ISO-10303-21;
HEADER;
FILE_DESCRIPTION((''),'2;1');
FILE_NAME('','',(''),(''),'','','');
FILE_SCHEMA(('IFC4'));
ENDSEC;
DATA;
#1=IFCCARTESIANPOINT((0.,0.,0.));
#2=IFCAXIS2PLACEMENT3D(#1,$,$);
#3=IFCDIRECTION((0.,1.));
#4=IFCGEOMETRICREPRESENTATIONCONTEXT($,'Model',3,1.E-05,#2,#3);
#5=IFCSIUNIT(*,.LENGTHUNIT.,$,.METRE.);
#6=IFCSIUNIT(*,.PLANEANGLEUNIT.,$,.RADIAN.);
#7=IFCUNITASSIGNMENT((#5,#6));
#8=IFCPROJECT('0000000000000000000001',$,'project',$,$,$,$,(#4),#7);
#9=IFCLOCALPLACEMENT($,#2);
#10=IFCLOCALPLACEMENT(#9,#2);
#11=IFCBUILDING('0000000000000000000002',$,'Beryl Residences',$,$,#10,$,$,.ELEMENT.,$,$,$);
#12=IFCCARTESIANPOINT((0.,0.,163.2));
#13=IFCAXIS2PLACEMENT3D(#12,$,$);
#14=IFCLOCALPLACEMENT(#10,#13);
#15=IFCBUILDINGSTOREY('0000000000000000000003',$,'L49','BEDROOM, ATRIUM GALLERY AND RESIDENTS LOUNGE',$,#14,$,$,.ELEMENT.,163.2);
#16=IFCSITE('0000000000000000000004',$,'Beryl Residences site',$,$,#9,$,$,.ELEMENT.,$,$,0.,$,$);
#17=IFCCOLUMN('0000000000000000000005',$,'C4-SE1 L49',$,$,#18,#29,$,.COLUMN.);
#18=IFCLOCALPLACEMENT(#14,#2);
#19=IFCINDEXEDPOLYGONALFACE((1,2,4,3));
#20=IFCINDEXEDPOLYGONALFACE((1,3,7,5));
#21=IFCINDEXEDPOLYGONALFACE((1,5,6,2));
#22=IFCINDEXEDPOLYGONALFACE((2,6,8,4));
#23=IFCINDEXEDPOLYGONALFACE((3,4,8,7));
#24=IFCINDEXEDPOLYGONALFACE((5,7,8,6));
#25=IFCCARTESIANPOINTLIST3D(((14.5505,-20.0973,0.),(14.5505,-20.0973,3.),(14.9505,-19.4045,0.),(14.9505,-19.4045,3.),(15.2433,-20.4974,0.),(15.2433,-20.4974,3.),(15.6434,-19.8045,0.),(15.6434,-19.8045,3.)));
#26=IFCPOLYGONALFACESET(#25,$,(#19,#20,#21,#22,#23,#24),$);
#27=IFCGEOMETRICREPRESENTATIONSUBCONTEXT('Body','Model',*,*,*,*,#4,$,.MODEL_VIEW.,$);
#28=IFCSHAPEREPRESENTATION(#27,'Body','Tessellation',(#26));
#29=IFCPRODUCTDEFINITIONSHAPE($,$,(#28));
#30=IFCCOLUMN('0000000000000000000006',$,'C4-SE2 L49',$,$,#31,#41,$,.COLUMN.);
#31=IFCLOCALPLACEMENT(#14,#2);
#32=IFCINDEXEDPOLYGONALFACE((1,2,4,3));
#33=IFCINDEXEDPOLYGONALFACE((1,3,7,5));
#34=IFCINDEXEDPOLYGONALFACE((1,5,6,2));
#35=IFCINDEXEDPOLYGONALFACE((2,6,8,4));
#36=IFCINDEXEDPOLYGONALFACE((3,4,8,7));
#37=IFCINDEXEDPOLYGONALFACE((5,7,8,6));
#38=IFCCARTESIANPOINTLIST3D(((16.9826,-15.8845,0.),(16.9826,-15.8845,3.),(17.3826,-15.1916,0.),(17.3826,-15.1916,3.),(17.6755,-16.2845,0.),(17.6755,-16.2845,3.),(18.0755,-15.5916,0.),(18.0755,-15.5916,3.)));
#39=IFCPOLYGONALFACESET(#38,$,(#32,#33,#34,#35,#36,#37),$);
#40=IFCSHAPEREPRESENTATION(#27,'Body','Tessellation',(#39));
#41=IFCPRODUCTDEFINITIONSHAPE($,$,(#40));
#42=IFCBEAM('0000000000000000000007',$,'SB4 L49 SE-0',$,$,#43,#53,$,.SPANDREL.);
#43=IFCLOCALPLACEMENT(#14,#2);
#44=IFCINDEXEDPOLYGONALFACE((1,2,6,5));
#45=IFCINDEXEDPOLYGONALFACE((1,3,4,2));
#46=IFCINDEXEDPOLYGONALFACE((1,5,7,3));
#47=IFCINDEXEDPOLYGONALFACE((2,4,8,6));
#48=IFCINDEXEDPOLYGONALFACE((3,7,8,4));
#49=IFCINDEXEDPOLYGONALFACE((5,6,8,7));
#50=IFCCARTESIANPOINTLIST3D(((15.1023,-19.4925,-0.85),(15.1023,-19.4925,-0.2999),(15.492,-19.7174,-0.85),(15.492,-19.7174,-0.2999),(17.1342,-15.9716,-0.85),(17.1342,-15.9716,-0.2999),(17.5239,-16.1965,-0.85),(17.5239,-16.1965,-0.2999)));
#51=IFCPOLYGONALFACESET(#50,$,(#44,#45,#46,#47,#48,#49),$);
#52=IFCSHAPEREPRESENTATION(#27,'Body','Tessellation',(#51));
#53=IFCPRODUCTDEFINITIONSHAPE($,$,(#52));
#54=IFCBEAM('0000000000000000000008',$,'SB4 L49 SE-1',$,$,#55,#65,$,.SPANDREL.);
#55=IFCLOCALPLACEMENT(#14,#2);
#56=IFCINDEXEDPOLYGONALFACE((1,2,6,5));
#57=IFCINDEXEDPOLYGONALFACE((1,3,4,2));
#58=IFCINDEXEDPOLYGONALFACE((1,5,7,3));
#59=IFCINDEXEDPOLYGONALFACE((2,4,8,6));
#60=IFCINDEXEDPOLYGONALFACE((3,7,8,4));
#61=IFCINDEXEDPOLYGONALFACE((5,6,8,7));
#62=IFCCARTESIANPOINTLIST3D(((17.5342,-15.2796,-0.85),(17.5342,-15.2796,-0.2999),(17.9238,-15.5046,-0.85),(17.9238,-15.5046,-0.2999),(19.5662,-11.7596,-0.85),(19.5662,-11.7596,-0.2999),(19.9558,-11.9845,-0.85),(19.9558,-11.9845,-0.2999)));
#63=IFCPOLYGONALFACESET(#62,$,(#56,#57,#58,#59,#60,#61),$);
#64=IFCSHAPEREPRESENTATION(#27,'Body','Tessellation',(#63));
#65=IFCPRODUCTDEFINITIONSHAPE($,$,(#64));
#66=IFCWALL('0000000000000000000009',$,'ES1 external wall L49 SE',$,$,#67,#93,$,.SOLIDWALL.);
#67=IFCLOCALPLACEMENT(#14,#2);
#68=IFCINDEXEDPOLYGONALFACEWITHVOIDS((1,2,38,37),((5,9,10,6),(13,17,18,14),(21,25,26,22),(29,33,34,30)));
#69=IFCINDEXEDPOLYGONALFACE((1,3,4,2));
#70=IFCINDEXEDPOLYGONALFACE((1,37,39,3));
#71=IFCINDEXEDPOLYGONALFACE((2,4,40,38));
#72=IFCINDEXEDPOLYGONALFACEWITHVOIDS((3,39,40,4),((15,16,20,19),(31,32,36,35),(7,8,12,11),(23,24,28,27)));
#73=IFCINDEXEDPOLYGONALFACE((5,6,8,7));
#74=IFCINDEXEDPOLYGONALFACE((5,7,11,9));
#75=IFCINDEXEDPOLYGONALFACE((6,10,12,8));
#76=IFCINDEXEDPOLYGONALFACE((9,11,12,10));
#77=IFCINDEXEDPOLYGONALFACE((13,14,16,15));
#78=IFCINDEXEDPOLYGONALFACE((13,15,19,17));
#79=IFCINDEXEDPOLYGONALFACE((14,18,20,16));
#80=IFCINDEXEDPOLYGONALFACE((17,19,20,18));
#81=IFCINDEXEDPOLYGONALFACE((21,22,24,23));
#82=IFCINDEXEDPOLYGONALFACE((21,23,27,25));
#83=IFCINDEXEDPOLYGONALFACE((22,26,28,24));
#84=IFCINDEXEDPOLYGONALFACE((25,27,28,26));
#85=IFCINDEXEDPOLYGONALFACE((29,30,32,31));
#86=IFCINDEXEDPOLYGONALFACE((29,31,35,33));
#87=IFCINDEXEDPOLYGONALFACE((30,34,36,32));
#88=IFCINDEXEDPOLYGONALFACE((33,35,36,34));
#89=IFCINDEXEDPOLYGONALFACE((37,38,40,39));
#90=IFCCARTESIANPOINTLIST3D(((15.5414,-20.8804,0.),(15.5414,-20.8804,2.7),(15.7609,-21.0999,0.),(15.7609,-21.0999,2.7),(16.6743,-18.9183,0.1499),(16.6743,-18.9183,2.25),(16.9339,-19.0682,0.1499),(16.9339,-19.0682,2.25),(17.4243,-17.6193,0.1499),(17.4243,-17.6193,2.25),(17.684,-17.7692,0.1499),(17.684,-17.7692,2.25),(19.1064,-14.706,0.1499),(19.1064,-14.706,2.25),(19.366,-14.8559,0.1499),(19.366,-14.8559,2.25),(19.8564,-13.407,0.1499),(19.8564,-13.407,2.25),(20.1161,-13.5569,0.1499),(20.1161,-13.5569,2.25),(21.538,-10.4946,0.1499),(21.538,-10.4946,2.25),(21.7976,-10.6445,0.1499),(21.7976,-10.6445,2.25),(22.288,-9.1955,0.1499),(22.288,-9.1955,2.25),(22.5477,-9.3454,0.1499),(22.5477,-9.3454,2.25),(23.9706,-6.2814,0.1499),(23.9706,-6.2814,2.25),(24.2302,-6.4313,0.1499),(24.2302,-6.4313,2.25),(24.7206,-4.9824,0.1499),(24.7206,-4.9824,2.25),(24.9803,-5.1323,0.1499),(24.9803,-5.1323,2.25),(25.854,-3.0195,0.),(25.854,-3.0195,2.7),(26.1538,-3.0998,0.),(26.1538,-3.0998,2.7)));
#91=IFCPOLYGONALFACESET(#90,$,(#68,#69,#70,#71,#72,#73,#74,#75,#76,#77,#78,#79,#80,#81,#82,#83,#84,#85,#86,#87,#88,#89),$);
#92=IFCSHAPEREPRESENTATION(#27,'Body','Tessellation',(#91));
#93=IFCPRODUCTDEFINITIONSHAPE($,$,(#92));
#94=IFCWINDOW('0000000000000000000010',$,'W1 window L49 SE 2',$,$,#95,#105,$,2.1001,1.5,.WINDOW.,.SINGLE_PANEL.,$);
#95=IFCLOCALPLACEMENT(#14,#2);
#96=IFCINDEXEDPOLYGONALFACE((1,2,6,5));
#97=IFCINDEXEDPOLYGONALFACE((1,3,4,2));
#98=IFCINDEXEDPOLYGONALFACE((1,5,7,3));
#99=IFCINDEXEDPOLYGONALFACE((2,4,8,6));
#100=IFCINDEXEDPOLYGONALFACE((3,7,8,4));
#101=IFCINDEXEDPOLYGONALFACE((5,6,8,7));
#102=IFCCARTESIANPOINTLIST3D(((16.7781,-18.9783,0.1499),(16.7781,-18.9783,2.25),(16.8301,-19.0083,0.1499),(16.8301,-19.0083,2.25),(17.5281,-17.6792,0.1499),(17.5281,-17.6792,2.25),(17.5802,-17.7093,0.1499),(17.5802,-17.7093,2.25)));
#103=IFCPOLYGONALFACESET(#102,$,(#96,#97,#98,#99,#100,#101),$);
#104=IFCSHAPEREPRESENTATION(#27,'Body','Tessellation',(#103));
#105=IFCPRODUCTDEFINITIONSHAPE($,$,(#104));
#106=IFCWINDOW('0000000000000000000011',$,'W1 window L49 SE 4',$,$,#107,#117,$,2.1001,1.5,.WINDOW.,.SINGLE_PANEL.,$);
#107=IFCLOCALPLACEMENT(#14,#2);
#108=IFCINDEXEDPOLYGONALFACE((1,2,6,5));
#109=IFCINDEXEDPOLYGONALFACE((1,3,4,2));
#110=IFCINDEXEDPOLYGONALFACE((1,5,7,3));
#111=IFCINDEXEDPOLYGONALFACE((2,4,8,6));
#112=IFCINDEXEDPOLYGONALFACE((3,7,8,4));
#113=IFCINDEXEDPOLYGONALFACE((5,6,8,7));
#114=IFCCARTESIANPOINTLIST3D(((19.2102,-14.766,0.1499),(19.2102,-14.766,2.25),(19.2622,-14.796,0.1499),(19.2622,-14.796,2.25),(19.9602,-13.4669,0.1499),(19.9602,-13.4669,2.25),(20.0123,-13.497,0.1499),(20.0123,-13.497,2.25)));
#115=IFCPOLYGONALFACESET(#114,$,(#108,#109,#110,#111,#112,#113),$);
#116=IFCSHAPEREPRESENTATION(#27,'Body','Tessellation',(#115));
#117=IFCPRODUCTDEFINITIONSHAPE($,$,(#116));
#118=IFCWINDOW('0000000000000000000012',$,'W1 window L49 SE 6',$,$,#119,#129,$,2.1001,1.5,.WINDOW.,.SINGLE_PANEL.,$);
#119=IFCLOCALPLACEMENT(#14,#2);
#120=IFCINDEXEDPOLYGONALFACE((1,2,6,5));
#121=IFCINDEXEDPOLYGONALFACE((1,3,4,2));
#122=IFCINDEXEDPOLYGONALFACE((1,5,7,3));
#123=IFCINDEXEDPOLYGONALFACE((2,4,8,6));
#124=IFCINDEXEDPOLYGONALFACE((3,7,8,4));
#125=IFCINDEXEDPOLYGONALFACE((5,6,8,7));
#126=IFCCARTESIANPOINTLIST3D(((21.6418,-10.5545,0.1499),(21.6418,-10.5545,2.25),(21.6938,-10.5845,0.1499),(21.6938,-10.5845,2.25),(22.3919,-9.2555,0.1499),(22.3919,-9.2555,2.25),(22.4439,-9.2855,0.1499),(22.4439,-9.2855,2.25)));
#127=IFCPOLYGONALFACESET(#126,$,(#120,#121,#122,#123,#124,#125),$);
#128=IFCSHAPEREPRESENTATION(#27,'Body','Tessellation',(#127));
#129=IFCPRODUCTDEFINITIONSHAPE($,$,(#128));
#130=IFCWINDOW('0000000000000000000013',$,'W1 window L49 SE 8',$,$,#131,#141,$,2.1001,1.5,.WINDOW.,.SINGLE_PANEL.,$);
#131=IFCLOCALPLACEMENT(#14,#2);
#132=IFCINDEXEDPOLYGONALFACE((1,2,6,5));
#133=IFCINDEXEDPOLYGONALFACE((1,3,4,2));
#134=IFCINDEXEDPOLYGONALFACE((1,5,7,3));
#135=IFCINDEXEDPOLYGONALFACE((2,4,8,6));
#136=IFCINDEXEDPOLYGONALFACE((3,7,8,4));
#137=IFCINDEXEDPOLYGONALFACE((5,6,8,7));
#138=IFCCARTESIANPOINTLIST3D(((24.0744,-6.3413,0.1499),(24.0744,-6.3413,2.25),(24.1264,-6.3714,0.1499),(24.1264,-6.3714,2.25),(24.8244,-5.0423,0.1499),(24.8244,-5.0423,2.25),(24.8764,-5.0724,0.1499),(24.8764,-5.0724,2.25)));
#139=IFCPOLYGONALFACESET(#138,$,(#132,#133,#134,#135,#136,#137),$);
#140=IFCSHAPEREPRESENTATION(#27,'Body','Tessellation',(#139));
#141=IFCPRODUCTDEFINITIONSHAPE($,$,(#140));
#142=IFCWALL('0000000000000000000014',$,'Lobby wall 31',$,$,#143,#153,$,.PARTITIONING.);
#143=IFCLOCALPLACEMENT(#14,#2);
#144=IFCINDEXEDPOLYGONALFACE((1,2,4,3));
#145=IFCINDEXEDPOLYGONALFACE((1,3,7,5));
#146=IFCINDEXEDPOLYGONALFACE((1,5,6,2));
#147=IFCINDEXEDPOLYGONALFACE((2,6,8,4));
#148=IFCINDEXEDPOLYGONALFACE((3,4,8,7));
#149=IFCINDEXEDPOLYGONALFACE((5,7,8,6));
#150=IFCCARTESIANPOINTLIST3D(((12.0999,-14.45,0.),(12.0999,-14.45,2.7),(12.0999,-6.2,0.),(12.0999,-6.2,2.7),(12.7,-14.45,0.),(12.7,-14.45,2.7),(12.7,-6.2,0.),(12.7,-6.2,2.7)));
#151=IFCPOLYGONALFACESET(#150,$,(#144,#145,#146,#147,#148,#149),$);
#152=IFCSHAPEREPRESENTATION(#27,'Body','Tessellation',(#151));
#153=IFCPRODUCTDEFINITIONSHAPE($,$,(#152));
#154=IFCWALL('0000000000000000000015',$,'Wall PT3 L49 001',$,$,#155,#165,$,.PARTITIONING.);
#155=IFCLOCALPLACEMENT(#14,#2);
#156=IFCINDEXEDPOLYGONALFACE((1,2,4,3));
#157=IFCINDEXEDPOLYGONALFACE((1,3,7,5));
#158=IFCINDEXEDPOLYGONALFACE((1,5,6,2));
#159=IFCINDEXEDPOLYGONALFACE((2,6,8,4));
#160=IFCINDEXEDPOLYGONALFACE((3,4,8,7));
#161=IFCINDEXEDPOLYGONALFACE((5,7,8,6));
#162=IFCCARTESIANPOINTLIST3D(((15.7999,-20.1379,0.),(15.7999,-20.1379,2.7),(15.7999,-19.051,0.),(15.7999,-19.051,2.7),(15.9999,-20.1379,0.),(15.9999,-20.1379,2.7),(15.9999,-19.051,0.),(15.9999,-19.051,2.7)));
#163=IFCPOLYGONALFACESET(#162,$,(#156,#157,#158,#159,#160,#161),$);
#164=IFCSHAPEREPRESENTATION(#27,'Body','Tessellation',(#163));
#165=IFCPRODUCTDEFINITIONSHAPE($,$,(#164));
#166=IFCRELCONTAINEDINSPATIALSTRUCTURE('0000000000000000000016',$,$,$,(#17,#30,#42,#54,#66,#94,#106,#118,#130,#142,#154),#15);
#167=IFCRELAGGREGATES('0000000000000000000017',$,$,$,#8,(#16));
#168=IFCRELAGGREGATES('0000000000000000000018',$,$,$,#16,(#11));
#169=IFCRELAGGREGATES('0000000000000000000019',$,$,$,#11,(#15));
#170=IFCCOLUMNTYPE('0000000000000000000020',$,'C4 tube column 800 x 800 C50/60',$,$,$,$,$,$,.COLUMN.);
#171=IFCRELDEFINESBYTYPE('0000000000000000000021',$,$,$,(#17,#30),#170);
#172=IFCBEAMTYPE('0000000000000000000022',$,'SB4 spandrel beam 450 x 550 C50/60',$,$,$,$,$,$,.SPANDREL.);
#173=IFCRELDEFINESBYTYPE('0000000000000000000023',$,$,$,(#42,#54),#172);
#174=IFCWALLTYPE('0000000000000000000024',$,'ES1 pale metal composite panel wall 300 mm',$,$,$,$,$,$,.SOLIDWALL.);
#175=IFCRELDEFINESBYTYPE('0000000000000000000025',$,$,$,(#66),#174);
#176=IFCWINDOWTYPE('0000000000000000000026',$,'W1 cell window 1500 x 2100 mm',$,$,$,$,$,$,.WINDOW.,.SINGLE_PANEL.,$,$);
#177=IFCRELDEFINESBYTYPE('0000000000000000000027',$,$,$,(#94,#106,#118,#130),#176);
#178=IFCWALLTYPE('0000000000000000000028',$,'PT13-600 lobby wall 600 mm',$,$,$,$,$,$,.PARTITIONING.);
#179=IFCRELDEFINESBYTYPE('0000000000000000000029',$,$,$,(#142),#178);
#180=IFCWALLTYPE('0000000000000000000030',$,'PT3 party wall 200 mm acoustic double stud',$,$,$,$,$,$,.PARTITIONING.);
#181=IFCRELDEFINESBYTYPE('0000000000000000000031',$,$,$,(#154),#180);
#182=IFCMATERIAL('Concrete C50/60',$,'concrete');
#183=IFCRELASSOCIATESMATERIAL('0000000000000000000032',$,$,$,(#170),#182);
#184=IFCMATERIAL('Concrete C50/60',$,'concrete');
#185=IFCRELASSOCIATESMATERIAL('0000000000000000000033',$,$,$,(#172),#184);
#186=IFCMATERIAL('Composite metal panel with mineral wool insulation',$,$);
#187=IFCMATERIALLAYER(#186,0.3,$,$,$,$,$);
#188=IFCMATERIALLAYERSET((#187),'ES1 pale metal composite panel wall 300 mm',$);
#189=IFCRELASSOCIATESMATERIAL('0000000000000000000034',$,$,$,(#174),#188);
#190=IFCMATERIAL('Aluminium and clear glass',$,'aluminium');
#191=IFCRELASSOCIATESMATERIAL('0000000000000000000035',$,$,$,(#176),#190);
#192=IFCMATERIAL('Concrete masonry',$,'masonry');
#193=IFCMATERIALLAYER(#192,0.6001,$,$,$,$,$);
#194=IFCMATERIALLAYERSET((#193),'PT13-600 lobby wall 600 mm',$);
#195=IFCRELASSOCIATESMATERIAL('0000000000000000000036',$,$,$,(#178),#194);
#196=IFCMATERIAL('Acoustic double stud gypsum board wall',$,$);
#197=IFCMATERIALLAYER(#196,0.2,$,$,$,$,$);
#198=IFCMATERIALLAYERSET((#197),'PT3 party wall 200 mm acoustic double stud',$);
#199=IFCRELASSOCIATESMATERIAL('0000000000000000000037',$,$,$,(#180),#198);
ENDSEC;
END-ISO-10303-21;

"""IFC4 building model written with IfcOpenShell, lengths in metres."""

from ifc_helpers import new_model, si_unit, direction, frame, frame_2d, origin, origin_2d, place, context, subcontext, project, spatial, polyline, rectangle, outline, extrude, material, layer, layer_set, material_profile, profile_set, type_object, element, fill, save


model = new_model("IFC4")

# Units and contexts
model_context = context("Model", 3, precision=1e-05, world=origin(), true_north=direction((0.0, 1.0)))
body_context = subcontext(model_context, "Body", "Model", "MODEL_VIEW")
ifc_project = project(units=[si_unit("LENGTHUNIT", "METRE"), si_unit("PLANEANGLEUNIT", "RADIAN")], contexts=[model_context])

# Site, building, storey
site_placement = place(None, origin())
site = spatial("IfcSite", under=ifc_project, at=site_placement, Name="Beryl Residences site", CompositionType="ELEMENT", RefElevation=0.0)
building_placement = place(site_placement, origin())
building = spatial("IfcBuilding", under=site, at=building_placement, Name="Beryl Residences", CompositionType="ELEMENT")
storey_placement = place(building_placement, frame((0.0, 0.0, 163.2)))
storey = spatial("IfcBuildingStorey", under=building, at=storey_placement, Name="L49", Description="BEDROOM, ATRIUM GALLERY AND RESIDENTS LOUNGE", CompositionType="ELEMENT", Elevation=163.2)

# Columns
ifc_material_1 = material(Name="Concrete C50/60", Category="concrete")
ifc_material_profile_1 = material_profile(ifc_material_1, rectangle(XDim=0.8, YDim=0.8, at=origin_2d()))
ifc_profile_set_1 = profile_set([ifc_material_profile_1], Name="Concrete C50/60")
column_type = type_object("IfcColumnType", Name="C4 tube column 800 x 800 C50/60", PredefinedType="COLUMN", material=ifc_profile_set_1)
for number, where, z_axis, x_axis, name in (
    (1, (15.0969, -19.9509, 0.0), (0.0, 0.0, 1.0), (0.5, 0.866025, 0.0), "C4-SE1 L49"),
    (2, (17.5291, -15.738, 0.0), (0.0, 0.0, 1.0), (0.5, 0.866025, 0.0), "C4-SE2 L49"),
):
    element("IfcColumn", number, at=place(storey_placement, frame(where, z_axis=z_axis, x_axis=x_axis)), inside=storey, type_object=column_type, Name=name, PredefinedType="COLUMN", context=body_context, shape_type="SweptSolid", body=[
        extrude(rectangle(XDim=0.8, YDim=0.8, at=origin_2d()), origin(), (0.0, 0.0, 1.0), 3.0),
    ])

# Beams
ifc_material_2 = material(Name="Concrete C50/60", Category="concrete")
ifc_material_profile_2 = material_profile(ifc_material_2, rectangle(XDim=0.45, YDim=0.55, at=origin_2d()))
ifc_profile_set_2 = profile_set([ifc_material_profile_2], Name="Concrete C50/60")
beam_type = type_object("IfcBeamType", Name="SB4 spandrel beam 450 x 550 C50/60", PredefinedType="SPANDREL", material=ifc_profile_set_2)
beam_1_placement = place(storey_placement, frame((15.2971, -19.605, -0.575), z_axis=(0.49984, 0.866118, 0.0), x_axis=(-0.866118, 0.49984, 0.0)))
element("IfcBeam", 3, at=beam_1_placement, inside=storey, type_object=beam_type, Name="SB4 L49 SE-0", PredefinedType="SPANDREL", context=body_context, shape_type="SweptSolid", body=[
    extrude(rectangle(XDim=0.45, YDim=0.55, at=origin_2d()), origin(), (0.0, 0.0, 1.0), 4.0652),
])
beam_2_placement = place(storey_placement, frame((17.729, -15.3921, -0.575), z_axis=(0.499944, 0.866058, 0.0), x_axis=(-0.866058, 0.499944, 0.0)))
element("IfcBeam", 4, at=beam_2_placement, inside=storey, type_object=beam_type, Name="SB4 L49 SE-1", PredefinedType="SPANDREL", context=body_context, shape_type="SweptSolid", body=[
    extrude(rectangle(XDim=0.45, YDim=0.55, at=origin_2d()), origin(), (0.0, 0.0, 1.0), 4.0645),
])

# Wall, openings, windows
ifc_material_3 = material(Name="Composite metal panel with mineral wool insulation")
ifc_layer_1 = layer(ifc_material_3, 0.3)
ifc_layer_set_1 = layer_set([ifc_layer_1], Name="ES1 pale metal composite panel wall 300 mm")
wall_type_1 = type_object("IfcWallType", Name="ES1 pale metal composite panel wall 300 mm", PredefinedType="SOLIDWALL", material=ifc_layer_set_1)
wall_1_placement = place(storey_placement, frame((15.6311, -21.0249, 0.0), z_axis=(0.0, 0.0, 1.0), x_axis=(0.500019, 0.866015, 0.0)))
wall_1 = element("IfcWall", 5, at=wall_1_placement, inside=storey, type_object=wall_type_1, Name="ES1 external wall L49 SE", PredefinedType="SOLIDWALL", context=body_context, shape_type="SweptSolid", body=[
    extrude(outline(polyline([(0.0, -0.1499), (20.7849, -0.1499), (20.7046, 0.1499), (0.0803, 0.1499), (0.0, -0.1499)])), origin(), (0.0, 0.0, 1.0), 2.7),
])
opening_1_placement = place(wall_1_placement, frame((2.3459, 0.0, 0.1499)))
opening_1 = element("IfcOpeningElement", 6, at=opening_1_placement, cuts=wall_1, PredefinedType="OPENING", context=body_context, shape_type="SweptSolid", body=[
    extrude(rectangle(XDim=1.5, YDim=2.1001, at=frame_2d((0.75, 1.05))), frame((0.0, 0.1599, 0.0), z_axis=(0.0, -1.0, 0.0), x_axis=(1.0, 0.0, 0.0)), (0.0, 0.0, 1.0), 0.3201),
])
opening_2_placement = place(wall_1_placement, frame((7.21, 0.0, 0.1499)))
opening_2 = element("IfcOpeningElement", 7, at=opening_2_placement, cuts=wall_1, PredefinedType="OPENING", context=body_context, shape_type="SweptSolid", body=[
    extrude(rectangle(XDim=1.5, YDim=2.1001, at=frame_2d((0.75, 1.05))), frame((0.0, 0.1599, 0.0), z_axis=(0.0, -1.0, 0.0), x_axis=(1.0, 0.0, 0.0)), (0.0, 0.0, 1.0), 0.3201),
])
opening_3_placement = place(wall_1_placement, frame((12.073, 0.0, 0.1499)))
opening_3 = element("IfcOpeningElement", 8, at=opening_3_placement, cuts=wall_1, PredefinedType="OPENING", context=body_context, shape_type="SweptSolid", body=[
    extrude(rectangle(XDim=1.5, YDim=2.1001, at=frame_2d((0.75, 1.05))), frame((0.0, 0.1599, 0.0), z_axis=(0.0, -1.0, 0.0), x_axis=(1.0, 0.0, 0.0)), (0.0, 0.0, 1.0), 0.3201),
])
opening_4_placement = place(wall_1_placement, frame((16.938, 0.0, 0.1499)))
opening_4 = element("IfcOpeningElement", 9, at=opening_4_placement, cuts=wall_1, PredefinedType="OPENING", context=body_context, shape_type="SweptSolid", body=[
    extrude(rectangle(XDim=1.5, YDim=2.1001, at=frame_2d((0.75, 1.05))), frame((0.0, 0.1599, 0.0), z_axis=(0.0, -1.0, 0.0), x_axis=(1.0, 0.0, 0.0)), (0.0, 0.0, 1.0), 0.3201),
])
ifc_material_4 = material(Name="Aluminium and clear glass", Category="aluminium")
window_type = type_object("IfcWindowType", Name="W1 cell window 1500 x 2100 mm", PartitioningType="SINGLE_PANEL", PredefinedType="WINDOW", material=ifc_material_4)
window_1_placement = place(opening_1_placement, origin())
window_1 = element("IfcWindow", 10, at=window_1_placement, inside=storey, type_object=window_type, Name="W1 window L49 SE 2", OverallHeight=2.1001, OverallWidth=1.5, PartitioningType="SINGLE_PANEL", PredefinedType="WINDOW", context=body_context, shape_type="SweptSolid", body=[
    extrude(rectangle(XDim=1.5, YDim=2.1001, at=frame_2d((0.75, 1.05))), frame((0.0, 0.03, 0.0), z_axis=(0.0, -1.0, 0.0), x_axis=(1.0, 0.0, 0.0)), (0.0, 0.0, 1.0), 0.0601),
])
fill(opening_1, window_1)
window_2_placement = place(opening_2_placement, origin())
window_2 = element("IfcWindow", 11, at=window_2_placement, inside=storey, type_object=window_type, Name="W1 window L49 SE 4", OverallHeight=2.1001, OverallWidth=1.5, PartitioningType="SINGLE_PANEL", PredefinedType="WINDOW", context=body_context, shape_type="SweptSolid", body=[
    extrude(rectangle(XDim=1.5, YDim=2.1001, at=frame_2d((0.75, 1.05))), frame((0.0, 0.03, 0.0), z_axis=(0.0, -1.0, 0.0), x_axis=(1.0, 0.0, 0.0)), (0.0, 0.0, 1.0), 0.0601),
])
fill(opening_2, window_2)
window_3_placement = place(opening_3_placement, origin())
window_3 = element("IfcWindow", 12, at=window_3_placement, inside=storey, type_object=window_type, Name="W1 window L49 SE 6", OverallHeight=2.1001, OverallWidth=1.5, PartitioningType="SINGLE_PANEL", PredefinedType="WINDOW", context=body_context, shape_type="SweptSolid", body=[
    extrude(rectangle(XDim=1.5, YDim=2.1001, at=frame_2d((0.75, 1.05))), frame((0.0, 0.03, 0.0), z_axis=(0.0, -1.0, 0.0), x_axis=(1.0, 0.0, 0.0)), (0.0, 0.0, 1.0), 0.0601),
])
fill(opening_3, window_3)
window_4_placement = place(opening_4_placement, origin())
window_4 = element("IfcWindow", 13, at=window_4_placement, inside=storey, type_object=window_type, Name="W1 window L49 SE 8", OverallHeight=2.1001, OverallWidth=1.5, PartitioningType="SINGLE_PANEL", PredefinedType="WINDOW", context=body_context, shape_type="SweptSolid", body=[
    extrude(rectangle(XDim=1.5, YDim=2.1001, at=frame_2d((0.75, 1.05))), frame((0.0, 0.03, 0.0), z_axis=(0.0, -1.0, 0.0), x_axis=(1.0, 0.0, 0.0)), (0.0, 0.0, 1.0), 0.0601),
])
fill(opening_4, window_4)

# Walls
ifc_material_5 = material(Name="Concrete masonry", Category="masonry")
ifc_layer_2 = layer(ifc_material_5, 0.6001)
ifc_layer_set_2 = layer_set([ifc_layer_2], Name="PT13-600 lobby wall 600 mm")
wall_type_2 = type_object("IfcWallType", Name="PT13-600 lobby wall 600 mm", PredefinedType="PARTITIONING", material=ifc_layer_set_2)
wall_2_placement = place(storey_placement, frame((12.3999, -14.45, 0.0), z_axis=(0.0, 0.0, 1.0), x_axis=(0.0, 1.0, 0.0)))
element("IfcWall", 14, at=wall_2_placement, inside=storey, type_object=wall_type_2, Name="Lobby wall 31", PredefinedType="PARTITIONING", context=body_context, shape_type="SweptSolid", body=[
    extrude(rectangle(XDim=8.25, YDim=0.6001, at=frame_2d((4.125, 0.0))), origin(), (0.0, 0.0, 1.0), 2.7),
])
ifc_material_6 = material(Name="Acoustic double stud gypsum board wall")
ifc_layer_3 = layer(ifc_material_6, 0.2)
ifc_layer_set_3 = layer_set([ifc_layer_3], Name="PT3 party wall 200 mm acoustic double stud")
wall_type_3 = type_object("IfcWallType", Name="PT3 party wall 200 mm acoustic double stud", PredefinedType="PARTITIONING", material=ifc_layer_set_3)
wall_3_placement = place(storey_placement, frame((15.8999, -19.051, 0.0), z_axis=(0.0, 0.0, 1.0), x_axis=(0.0, -1.0, 0.0)))
element("IfcWall", 15, at=wall_3_placement, inside=storey, type_object=wall_type_3, Name="Wall PT3 L49 001", PredefinedType="PARTITIONING", context=body_context, shape_type="SweptSolid", body=[
    extrude(rectangle(XDim=1.0869, YDim=0.2, at=frame_2d((0.5435, 0.0))), origin(), (0.0, 0.0, 1.0), 2.7),
])

save(model, "model.ifc")
